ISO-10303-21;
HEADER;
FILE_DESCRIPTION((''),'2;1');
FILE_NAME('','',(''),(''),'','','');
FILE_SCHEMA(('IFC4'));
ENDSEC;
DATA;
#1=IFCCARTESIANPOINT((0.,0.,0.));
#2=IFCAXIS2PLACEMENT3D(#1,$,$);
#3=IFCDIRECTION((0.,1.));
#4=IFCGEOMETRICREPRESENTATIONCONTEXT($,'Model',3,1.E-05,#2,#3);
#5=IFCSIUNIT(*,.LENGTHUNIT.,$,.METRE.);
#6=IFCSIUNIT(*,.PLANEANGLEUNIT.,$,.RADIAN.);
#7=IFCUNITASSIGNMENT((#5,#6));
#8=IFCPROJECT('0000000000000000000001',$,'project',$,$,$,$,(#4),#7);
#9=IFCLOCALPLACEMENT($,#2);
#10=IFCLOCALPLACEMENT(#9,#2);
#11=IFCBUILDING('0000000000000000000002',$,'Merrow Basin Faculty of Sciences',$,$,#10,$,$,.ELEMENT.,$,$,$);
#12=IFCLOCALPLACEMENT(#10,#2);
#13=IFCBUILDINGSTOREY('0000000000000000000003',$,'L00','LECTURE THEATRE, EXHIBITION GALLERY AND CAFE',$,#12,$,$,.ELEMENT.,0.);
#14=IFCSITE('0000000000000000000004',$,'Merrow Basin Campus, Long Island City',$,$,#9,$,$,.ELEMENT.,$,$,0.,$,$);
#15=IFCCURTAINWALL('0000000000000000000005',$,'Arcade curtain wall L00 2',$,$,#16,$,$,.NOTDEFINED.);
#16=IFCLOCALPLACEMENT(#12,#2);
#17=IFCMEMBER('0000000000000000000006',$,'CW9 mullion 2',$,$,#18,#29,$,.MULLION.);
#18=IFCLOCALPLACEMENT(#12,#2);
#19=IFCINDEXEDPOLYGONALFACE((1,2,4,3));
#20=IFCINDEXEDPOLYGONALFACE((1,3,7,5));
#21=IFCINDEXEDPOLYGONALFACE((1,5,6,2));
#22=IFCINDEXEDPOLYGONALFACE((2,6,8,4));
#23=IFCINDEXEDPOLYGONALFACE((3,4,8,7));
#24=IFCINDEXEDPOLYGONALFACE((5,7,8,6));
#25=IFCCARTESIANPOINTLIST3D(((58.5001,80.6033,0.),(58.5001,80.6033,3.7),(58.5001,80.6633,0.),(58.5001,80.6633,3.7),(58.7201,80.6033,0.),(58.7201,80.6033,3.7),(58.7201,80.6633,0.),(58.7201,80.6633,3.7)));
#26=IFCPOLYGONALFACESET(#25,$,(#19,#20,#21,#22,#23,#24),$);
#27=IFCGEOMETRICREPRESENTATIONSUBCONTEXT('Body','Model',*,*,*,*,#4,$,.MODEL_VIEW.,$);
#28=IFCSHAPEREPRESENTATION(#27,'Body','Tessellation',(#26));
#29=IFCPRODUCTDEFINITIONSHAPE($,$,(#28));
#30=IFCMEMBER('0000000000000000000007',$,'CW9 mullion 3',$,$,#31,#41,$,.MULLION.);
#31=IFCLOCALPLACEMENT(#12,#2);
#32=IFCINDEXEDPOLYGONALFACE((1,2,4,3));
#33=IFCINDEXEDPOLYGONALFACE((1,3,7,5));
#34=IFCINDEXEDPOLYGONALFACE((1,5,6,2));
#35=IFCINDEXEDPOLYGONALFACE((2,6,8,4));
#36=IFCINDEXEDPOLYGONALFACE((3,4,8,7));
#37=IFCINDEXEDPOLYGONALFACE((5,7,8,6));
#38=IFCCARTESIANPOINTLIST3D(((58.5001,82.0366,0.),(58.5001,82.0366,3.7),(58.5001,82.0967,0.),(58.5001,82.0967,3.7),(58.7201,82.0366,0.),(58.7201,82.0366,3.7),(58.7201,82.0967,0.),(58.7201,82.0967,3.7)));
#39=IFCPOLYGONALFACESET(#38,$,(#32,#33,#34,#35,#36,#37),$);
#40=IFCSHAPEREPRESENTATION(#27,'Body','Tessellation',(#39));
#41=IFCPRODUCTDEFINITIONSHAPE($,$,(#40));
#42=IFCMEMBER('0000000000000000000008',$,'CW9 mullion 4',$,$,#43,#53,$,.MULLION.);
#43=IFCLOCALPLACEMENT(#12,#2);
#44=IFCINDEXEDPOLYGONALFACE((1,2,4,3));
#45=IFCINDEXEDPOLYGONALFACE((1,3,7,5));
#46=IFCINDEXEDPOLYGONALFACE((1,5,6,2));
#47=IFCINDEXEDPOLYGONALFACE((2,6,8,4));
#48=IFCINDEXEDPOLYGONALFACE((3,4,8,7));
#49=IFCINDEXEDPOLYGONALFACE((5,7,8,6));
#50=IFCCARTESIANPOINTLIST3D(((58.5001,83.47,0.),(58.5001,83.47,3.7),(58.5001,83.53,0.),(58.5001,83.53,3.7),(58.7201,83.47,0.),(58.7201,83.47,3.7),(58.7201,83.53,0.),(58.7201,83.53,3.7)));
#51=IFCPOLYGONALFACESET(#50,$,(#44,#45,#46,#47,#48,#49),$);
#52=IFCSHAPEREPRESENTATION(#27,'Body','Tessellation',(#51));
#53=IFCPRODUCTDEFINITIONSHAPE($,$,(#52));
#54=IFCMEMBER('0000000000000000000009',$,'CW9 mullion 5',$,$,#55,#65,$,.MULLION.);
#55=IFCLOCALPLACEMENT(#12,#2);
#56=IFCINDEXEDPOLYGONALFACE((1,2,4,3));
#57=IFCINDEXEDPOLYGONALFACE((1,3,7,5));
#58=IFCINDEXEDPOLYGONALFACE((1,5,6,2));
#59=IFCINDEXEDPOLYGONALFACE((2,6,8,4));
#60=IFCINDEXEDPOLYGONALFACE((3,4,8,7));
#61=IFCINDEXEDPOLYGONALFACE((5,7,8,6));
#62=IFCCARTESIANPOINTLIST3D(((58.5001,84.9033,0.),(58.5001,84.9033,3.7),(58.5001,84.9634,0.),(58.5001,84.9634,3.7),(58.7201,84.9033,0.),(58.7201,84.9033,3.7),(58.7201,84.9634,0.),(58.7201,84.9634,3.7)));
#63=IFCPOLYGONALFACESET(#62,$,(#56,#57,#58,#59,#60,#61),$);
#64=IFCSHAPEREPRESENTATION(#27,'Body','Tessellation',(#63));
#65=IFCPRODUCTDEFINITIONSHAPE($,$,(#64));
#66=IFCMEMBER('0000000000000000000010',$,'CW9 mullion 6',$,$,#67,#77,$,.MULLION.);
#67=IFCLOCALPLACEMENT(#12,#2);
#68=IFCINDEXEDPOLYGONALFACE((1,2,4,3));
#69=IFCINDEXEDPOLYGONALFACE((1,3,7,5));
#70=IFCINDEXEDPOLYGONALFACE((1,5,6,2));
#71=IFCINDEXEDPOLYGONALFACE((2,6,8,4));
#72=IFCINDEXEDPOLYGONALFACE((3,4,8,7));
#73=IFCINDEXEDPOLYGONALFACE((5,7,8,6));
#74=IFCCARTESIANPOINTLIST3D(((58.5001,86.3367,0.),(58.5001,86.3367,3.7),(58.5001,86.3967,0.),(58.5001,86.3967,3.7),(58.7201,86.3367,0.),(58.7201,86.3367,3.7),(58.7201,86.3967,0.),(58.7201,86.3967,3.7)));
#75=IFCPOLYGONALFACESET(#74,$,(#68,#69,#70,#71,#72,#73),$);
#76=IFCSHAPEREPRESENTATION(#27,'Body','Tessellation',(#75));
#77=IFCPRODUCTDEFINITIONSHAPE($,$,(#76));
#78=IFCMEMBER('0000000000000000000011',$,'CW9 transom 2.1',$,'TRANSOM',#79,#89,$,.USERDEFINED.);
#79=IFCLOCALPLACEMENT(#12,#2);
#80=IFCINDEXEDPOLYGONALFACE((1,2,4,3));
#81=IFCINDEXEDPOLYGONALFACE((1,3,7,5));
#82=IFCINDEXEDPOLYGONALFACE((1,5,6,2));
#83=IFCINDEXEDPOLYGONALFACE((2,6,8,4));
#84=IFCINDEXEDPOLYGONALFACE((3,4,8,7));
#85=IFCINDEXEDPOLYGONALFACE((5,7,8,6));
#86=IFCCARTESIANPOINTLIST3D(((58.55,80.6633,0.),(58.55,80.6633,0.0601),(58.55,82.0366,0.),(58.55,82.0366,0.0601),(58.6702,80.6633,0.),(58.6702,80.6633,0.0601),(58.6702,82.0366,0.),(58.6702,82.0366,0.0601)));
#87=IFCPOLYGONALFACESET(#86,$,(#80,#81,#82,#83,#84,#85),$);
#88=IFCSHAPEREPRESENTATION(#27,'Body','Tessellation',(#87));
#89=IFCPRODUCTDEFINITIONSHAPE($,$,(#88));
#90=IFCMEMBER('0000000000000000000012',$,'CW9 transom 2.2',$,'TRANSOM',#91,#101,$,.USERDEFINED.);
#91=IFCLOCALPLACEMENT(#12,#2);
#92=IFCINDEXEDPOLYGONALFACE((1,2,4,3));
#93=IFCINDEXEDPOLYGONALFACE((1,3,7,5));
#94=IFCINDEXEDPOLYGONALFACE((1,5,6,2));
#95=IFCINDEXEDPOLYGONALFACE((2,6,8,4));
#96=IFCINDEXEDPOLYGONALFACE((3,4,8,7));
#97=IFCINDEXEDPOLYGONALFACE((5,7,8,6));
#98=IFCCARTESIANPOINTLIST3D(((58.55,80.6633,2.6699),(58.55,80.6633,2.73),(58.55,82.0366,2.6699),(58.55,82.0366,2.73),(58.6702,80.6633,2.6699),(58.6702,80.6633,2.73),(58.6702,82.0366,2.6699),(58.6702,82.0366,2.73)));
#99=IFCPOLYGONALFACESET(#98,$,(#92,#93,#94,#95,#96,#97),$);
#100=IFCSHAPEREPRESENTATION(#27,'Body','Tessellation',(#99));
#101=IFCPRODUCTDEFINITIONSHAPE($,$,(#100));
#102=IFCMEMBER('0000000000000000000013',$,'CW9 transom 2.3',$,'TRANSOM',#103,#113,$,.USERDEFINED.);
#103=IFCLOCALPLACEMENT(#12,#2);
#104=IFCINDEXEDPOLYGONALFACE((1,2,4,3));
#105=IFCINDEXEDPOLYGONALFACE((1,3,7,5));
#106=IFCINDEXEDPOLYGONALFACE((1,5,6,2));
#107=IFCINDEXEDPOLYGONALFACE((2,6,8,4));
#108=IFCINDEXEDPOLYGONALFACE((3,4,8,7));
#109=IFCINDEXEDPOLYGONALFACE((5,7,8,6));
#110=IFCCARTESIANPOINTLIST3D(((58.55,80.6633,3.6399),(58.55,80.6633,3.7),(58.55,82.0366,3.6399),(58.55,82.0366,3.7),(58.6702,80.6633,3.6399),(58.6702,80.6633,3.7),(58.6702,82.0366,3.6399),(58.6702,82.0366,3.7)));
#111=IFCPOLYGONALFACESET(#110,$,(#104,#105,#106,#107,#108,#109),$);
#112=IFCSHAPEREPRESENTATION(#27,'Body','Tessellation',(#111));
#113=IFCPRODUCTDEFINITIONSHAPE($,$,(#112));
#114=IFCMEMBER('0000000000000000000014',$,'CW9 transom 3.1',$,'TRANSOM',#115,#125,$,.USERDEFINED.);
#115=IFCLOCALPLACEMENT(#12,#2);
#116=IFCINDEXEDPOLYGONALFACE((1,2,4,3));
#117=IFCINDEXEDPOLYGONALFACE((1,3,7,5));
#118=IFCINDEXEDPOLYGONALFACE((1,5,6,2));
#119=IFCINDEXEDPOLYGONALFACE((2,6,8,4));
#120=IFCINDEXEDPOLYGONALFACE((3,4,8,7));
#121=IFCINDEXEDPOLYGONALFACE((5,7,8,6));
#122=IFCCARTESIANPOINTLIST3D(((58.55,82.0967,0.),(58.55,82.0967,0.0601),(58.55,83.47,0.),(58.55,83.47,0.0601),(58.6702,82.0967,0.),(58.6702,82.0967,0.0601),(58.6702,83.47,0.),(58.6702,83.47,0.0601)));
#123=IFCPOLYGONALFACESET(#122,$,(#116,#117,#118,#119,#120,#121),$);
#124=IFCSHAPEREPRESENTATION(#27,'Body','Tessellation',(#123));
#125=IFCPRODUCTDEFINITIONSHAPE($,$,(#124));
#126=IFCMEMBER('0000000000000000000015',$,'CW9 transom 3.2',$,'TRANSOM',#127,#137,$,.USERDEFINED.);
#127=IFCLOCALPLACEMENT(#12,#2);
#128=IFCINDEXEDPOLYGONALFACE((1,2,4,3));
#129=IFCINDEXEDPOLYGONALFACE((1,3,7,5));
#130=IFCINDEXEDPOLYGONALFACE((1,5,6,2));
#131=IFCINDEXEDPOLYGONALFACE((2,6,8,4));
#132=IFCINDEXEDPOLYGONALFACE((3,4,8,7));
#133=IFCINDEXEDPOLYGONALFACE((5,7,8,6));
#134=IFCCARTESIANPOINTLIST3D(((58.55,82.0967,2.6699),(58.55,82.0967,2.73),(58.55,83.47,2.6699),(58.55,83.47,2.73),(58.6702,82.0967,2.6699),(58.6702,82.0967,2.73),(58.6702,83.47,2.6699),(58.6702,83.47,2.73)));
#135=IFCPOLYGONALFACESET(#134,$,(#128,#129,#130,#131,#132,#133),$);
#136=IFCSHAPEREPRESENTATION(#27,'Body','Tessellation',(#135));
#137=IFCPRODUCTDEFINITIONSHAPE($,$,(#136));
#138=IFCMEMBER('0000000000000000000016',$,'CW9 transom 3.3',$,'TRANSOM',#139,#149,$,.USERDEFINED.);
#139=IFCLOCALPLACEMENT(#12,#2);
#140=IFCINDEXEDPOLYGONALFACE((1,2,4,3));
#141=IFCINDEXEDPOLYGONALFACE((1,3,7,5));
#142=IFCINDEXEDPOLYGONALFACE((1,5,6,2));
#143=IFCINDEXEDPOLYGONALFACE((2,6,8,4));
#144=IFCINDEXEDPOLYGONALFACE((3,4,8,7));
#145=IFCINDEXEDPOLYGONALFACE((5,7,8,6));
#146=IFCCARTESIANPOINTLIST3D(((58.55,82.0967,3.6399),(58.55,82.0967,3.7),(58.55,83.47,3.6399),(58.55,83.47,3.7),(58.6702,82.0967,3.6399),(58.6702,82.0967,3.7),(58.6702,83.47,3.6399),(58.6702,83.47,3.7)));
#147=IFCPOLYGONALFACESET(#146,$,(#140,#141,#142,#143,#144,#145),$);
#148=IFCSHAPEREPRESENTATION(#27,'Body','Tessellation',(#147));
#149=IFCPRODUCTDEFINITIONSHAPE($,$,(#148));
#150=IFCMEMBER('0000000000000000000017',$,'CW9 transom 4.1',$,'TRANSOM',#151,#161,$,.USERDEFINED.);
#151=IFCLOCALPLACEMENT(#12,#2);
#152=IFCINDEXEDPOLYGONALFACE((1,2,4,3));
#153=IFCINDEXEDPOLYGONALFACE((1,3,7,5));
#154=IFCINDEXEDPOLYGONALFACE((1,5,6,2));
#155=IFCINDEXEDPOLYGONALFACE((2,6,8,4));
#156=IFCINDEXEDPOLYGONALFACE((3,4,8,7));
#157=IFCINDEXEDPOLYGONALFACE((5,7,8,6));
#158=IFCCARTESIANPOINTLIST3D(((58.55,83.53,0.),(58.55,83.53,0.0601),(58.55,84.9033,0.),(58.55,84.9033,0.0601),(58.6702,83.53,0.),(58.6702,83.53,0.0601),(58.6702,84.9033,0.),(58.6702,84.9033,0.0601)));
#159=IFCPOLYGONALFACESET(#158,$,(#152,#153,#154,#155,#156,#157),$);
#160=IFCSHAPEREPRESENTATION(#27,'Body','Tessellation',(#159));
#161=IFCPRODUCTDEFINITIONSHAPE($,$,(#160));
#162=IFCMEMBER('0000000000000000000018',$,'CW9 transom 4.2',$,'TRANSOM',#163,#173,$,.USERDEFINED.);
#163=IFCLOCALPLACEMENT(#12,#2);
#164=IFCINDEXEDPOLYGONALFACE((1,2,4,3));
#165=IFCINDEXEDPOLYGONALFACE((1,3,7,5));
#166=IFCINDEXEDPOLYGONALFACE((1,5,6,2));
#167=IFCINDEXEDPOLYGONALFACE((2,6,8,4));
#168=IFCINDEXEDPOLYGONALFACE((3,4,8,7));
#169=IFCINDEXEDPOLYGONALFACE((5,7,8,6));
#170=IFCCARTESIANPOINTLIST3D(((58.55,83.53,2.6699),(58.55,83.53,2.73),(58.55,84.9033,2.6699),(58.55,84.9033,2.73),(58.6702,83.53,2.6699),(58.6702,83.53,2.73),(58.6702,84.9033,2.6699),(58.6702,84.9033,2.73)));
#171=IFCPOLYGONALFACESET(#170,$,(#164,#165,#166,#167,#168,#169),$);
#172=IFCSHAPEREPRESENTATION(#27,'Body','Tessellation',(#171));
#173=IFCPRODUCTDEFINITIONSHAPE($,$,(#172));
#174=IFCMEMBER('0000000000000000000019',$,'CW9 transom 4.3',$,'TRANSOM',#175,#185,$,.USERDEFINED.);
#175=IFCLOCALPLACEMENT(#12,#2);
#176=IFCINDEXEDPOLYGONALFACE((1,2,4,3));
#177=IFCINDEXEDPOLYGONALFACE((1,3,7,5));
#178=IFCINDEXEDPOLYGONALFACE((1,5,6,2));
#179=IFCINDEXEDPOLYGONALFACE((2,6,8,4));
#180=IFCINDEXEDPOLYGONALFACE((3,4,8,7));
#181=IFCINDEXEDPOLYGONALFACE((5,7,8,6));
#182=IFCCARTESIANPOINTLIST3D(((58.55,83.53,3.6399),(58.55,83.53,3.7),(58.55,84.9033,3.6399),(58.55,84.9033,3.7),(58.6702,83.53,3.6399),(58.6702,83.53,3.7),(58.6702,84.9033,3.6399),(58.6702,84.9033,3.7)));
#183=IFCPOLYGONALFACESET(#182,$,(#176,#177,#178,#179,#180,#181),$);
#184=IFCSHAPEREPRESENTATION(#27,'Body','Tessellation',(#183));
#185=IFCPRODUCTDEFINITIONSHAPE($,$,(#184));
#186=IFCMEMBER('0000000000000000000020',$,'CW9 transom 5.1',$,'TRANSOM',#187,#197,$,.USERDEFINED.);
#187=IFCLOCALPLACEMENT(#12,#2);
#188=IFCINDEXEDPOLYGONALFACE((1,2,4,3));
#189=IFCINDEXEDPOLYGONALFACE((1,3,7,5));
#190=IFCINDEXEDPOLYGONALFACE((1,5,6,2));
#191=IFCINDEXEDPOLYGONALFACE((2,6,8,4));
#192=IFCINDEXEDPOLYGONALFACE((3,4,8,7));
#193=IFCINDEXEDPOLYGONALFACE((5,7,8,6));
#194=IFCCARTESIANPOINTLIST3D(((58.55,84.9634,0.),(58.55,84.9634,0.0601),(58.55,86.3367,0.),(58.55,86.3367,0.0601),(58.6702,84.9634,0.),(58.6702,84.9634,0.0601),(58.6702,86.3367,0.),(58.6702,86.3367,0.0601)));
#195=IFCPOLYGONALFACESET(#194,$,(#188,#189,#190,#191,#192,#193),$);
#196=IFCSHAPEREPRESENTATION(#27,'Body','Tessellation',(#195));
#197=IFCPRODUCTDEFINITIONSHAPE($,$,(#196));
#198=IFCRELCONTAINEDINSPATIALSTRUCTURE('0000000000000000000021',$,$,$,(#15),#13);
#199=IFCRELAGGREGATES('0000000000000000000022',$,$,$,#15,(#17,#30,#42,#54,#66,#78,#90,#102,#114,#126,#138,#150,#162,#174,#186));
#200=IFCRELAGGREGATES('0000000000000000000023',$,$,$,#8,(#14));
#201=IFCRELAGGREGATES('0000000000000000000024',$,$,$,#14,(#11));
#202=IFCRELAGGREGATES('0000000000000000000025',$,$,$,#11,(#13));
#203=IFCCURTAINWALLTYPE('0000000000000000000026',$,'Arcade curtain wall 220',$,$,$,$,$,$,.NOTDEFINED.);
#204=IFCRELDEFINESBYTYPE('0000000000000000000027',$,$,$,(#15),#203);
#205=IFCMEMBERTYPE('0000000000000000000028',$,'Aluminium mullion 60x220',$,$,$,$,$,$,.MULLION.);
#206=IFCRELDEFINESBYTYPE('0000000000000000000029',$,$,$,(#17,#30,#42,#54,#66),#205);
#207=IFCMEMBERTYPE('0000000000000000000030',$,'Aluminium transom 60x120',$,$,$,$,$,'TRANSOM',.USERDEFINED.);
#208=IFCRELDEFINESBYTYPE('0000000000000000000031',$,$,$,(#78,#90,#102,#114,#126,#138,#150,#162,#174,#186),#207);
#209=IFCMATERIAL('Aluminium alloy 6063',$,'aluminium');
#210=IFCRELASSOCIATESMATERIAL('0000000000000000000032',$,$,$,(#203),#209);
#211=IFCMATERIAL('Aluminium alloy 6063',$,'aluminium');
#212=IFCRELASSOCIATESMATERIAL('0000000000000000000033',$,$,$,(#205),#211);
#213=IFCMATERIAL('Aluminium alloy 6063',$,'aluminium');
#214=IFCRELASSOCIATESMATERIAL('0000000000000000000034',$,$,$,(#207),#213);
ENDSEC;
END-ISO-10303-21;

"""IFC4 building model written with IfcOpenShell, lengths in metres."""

from ifc_helpers import new_model, si_unit, direction, frame, origin, origin_2d, place, context, subcontext, project, spatial, rectangle, extrude, material, material_profile, profile_set, type_object, element, aggregate, save


model = new_model("IFC4")

# Units and contexts
model_context = context("Model", 3, precision=1e-05, world=origin(), true_north=direction((0.0, 1.0)))
body_context = subcontext(model_context, "Body", "Model", "MODEL_VIEW")
ifc_project = project(units=[si_unit("LENGTHUNIT", "METRE"), si_unit("PLANEANGLEUNIT", "RADIAN")], contexts=[model_context])

# Site, building, storey
site_placement = place(None, origin())
site = spatial("IfcSite", under=ifc_project, at=site_placement, Name="Merrow Basin Campus, Long Island City", CompositionType="ELEMENT", RefElevation=0.0)
building_placement = place(site_placement, origin())
building = spatial("IfcBuilding", under=site, at=building_placement, Name="Merrow Basin Faculty of Sciences", CompositionType="ELEMENT")
storey_placement = place(building_placement, origin())
storey = spatial("IfcBuildingStorey", under=building, at=storey_placement, Name="L00", Description="LECTURE THEATRE, EXHIBITION GALLERY AND CAFE", CompositionType="ELEMENT", Elevation=0.0)

# Curtain wall, members
ifc_material_1 = material(Name="Aluminium alloy 6063", Category="aluminium")
curtain_wall_type = type_object("IfcCurtainWallType", Name="Arcade curtain wall 220", PredefinedType="NOTDEFINED", material=ifc_material_1)
curtain_wall_placement = place(storey_placement, origin())
curtain_wall = element("IfcCurtainWall", 1, at=curtain_wall_placement, inside=storey, type_object=curtain_wall_type, Name="Arcade curtain wall L00 2", PredefinedType="NOTDEFINED")
ifc_material_2 = material(Name="Aluminium alloy 6063", Category="aluminium")
ifc_material_profile_1 = material_profile(ifc_material_2, rectangle(XDim=0.22, YDim=0.0601, at=origin_2d()))
ifc_profile_set_1 = profile_set([ifc_material_profile_1], Name="Aluminium alloy 6063")
member_type_1 = type_object("IfcMemberType", Name="Aluminium mullion 60x220", PredefinedType="MULLION", material=ifc_profile_set_1)
member_1_placement = place(storey_placement, frame((58.6101, 80.6333, 0.0), z_axis=(0.0, 0.0, 1.0), x_axis=(-1.0, 0.0, 0.0)))
member_1 = element("IfcMember", 2, at=member_1_placement, type_object=member_type_1, Name="CW9 mullion 2", PredefinedType="MULLION", context=body_context, shape_type="SweptSolid", body=[
    extrude(rectangle(XDim=0.22, YDim=0.0601, at=origin_2d()), origin(), (0.0, 0.0, 1.0), 3.7),
])
member_2_placement = place(storey_placement, frame((58.6101, 82.0667, 0.0), z_axis=(0.0, 0.0, 1.0), x_axis=(-1.0, 0.0, 0.0)))
member_2 = element("IfcMember", 3, at=member_2_placement, type_object=member_type_1, Name="CW9 mullion 3", PredefinedType="MULLION", context=body_context, shape_type="SweptSolid", body=[
    extrude(rectangle(XDim=0.22, YDim=0.0601, at=origin_2d()), origin(), (0.0, 0.0, 1.0), 3.7),
])
member_3_placement = place(storey_placement, frame((58.6101, 83.5, 0.0), z_axis=(0.0, 0.0, 1.0), x_axis=(-1.0, 0.0, 0.0)))
member_3 = element("IfcMember", 4, at=member_3_placement, type_object=member_type_1, Name="CW9 mullion 4", PredefinedType="MULLION", context=body_context, shape_type="SweptSolid", body=[
    extrude(rectangle(XDim=0.22, YDim=0.0601, at=origin_2d()), origin(), (0.0, 0.0, 1.0), 3.7),
])
member_4_placement = place(storey_placement, frame((58.6101, 84.9333, 0.0), z_axis=(0.0, 0.0, 1.0), x_axis=(-1.0, 0.0, 0.0)))
member_4 = element("IfcMember", 5, at=member_4_placement, type_object=member_type_1, Name="CW9 mullion 5", PredefinedType="MULLION", context=body_context, shape_type="SweptSolid", body=[
    extrude(rectangle(XDim=0.22, YDim=0.0601, at=origin_2d()), origin(), (0.0, 0.0, 1.0), 3.7),
])
member_5_placement = place(storey_placement, frame((58.6101, 86.3667, 0.0), z_axis=(0.0, 0.0, 1.0), x_axis=(-1.0, 0.0, 0.0)))
member_5 = element("IfcMember", 6, at=member_5_placement, type_object=member_type_1, Name="CW9 mullion 6", PredefinedType="MULLION", context=body_context, shape_type="SweptSolid", body=[
    extrude(rectangle(XDim=0.22, YDim=0.0601, at=origin_2d()), origin(), (0.0, 0.0, 1.0), 3.7),
])
ifc_material_3 = material(Name="Aluminium alloy 6063", Category="aluminium")
ifc_material_profile_2 = material_profile(ifc_material_3, rectangle(XDim=0.1201, YDim=0.0601, at=origin_2d()))
ifc_profile_set_2 = profile_set([ifc_material_profile_2], Name="Aluminium alloy 6063")
member_type_2 = type_object("IfcMemberType", Name="Aluminium transom 60x120", ElementType="TRANSOM", PredefinedType="USERDEFINED", material=ifc_profile_set_2)
member_6_placement = place(storey_placement, frame((58.6101, 80.6633, 0.03), z_axis=(0.0, 1.0, 0.0), x_axis=(-1.0, 0.0, 0.0)))
member_6 = element("IfcMember", 7, at=member_6_placement, type_object=member_type_2, Name="CW9 transom 2.1", ObjectType="TRANSOM", PredefinedType="USERDEFINED", context=body_context, shape_type="SweptSolid", body=[
    extrude(rectangle(XDim=0.1201, YDim=0.0601, at=origin_2d()), origin(), (0.0, 0.0, 1.0), 1.3733),
])
member_7_placement = place(storey_placement, frame((58.6101, 80.6633, 2.7), z_axis=(0.0, 1.0, 0.0), x_axis=(-1.0, 0.0, 0.0)))
member_7 = element("IfcMember", 8, at=member_7_placement, type_object=member_type_2, Name="CW9 transom 2.2", ObjectType="TRANSOM", PredefinedType="USERDEFINED", context=body_context, shape_type="SweptSolid", body=[
    extrude(rectangle(XDim=0.1201, YDim=0.0601, at=origin_2d()), origin(), (0.0, 0.0, 1.0), 1.3733),
])
member_8_placement = place(storey_placement, frame((58.6101, 80.6633, 3.6699), z_axis=(0.0, 1.0, 0.0), x_axis=(-1.0, 0.0, 0.0)))
member_8 = element("IfcMember", 9, at=member_8_placement, type_object=member_type_2, Name="CW9 transom 2.3", ObjectType="TRANSOM", PredefinedType="USERDEFINED", context=body_context, shape_type="SweptSolid", body=[
    extrude(rectangle(XDim=0.1201, YDim=0.0601, at=origin_2d()), origin(), (0.0, 0.0, 1.0), 1.3733),
])
member_9_placement = place(storey_placement, frame((58.6101, 82.0967, 0.03), z_axis=(0.0, 1.0, 0.0), x_axis=(-1.0, 0.0, 0.0)))
member_9 = element("IfcMember", 10, at=member_9_placement, type_object=member_type_2, Name="CW9 transom 3.1", ObjectType="TRANSOM", PredefinedType="USERDEFINED", context=body_context, shape_type="SweptSolid", body=[
    extrude(rectangle(XDim=0.1201, YDim=0.0601, at=origin_2d()), origin(), (0.0, 0.0, 1.0), 1.3733),
])
member_10_placement = place(storey_placement, frame((58.6101, 82.0967, 2.7), z_axis=(0.0, 1.0, 0.0), x_axis=(-1.0, 0.0, 0.0)))
member_10 = element("IfcMember", 11, at=member_10_placement, type_object=member_type_2, Name="CW9 transom 3.2", ObjectType="TRANSOM", PredefinedType="USERDEFINED", context=body_context, shape_type="SweptSolid", body=[
    extrude(rectangle(XDim=0.1201, YDim=0.0601, at=origin_2d()), origin(), (0.0, 0.0, 1.0), 1.3733),
])
member_11_placement = place(storey_placement, frame((58.6101, 82.0967, 3.6699), z_axis=(0.0, 1.0, 0.0), x_axis=(-1.0, 0.0, 0.0)))
member_11 = element("IfcMember", 12, at=member_11_placement, type_object=member_type_2, Name="CW9 transom 3.3", ObjectType="TRANSOM", PredefinedType="USERDEFINED", context=body_context, shape_type="SweptSolid", body=[
    extrude(rectangle(XDim=0.1201, YDim=0.0601, at=origin_2d()), origin(), (0.0, 0.0, 1.0), 1.3733),
])
member_12_placement = place(storey_placement, frame((58.6101, 83.53, 0.03), z_axis=(0.0, 1.0, 0.0), x_axis=(-1.0, 0.0, 0.0)))
member_12 = element("IfcMember", 13, at=member_12_placement, type_object=member_type_2, Name="CW9 transom 4.1", ObjectType="TRANSOM", PredefinedType="USERDEFINED", context=body_context, shape_type="SweptSolid", body=[
    extrude(rectangle(XDim=0.1201, YDim=0.0601, at=origin_2d()), origin(), (0.0, 0.0, 1.0), 1.3733),
])
member_13_placement = place(storey_placement, frame((58.6101, 83.53, 2.7), z_axis=(0.0, 1.0, 0.0), x_axis=(-1.0, 0.0, 0.0)))
member_13 = element("IfcMember", 14, at=member_13_placement, type_object=member_type_2, Name="CW9 transom 4.2", ObjectType="TRANSOM", PredefinedType="USERDEFINED", context=body_context, shape_type="SweptSolid", body=[
    extrude(rectangle(XDim=0.1201, YDim=0.0601, at=origin_2d()), origin(), (0.0, 0.0, 1.0), 1.3733),
])
member_14_placement = place(storey_placement, frame((58.6101, 83.53, 3.6699), z_axis=(0.0, 1.0, 0.0), x_axis=(-1.0, 0.0, 0.0)))
member_14 = element("IfcMember", 15, at=member_14_placement, type_object=member_type_2, Name="CW9 transom 4.3", ObjectType="TRANSOM", PredefinedType="USERDEFINED", context=body_context, shape_type="SweptSolid", body=[
    extrude(rectangle(XDim=0.1201, YDim=0.0601, at=origin_2d()), origin(), (0.0, 0.0, 1.0), 1.3733),
])
member_15_placement = place(storey_placement, frame((58.6101, 84.9634, 0.03), z_axis=(0.0, 1.0, 0.0), x_axis=(-1.0, 0.0, 0.0)))
member_15 = element("IfcMember", 16, at=member_15_placement, type_object=member_type_2, Name="CW9 transom 5.1", ObjectType="TRANSOM", PredefinedType="USERDEFINED", context=body_context, shape_type="SweptSolid", body=[
    extrude(rectangle(XDim=0.1201, YDim=0.0601, at=origin_2d()), origin(), (0.0, 0.0, 1.0), 1.3733),
])
aggregate(curtain_wall, [member_1, member_2, member_3, member_4, member_5, member_6, member_7, member_8, member_9, member_10, member_11, member_12, member_13, member_14, member_15])

save(model, "model.ifc")
